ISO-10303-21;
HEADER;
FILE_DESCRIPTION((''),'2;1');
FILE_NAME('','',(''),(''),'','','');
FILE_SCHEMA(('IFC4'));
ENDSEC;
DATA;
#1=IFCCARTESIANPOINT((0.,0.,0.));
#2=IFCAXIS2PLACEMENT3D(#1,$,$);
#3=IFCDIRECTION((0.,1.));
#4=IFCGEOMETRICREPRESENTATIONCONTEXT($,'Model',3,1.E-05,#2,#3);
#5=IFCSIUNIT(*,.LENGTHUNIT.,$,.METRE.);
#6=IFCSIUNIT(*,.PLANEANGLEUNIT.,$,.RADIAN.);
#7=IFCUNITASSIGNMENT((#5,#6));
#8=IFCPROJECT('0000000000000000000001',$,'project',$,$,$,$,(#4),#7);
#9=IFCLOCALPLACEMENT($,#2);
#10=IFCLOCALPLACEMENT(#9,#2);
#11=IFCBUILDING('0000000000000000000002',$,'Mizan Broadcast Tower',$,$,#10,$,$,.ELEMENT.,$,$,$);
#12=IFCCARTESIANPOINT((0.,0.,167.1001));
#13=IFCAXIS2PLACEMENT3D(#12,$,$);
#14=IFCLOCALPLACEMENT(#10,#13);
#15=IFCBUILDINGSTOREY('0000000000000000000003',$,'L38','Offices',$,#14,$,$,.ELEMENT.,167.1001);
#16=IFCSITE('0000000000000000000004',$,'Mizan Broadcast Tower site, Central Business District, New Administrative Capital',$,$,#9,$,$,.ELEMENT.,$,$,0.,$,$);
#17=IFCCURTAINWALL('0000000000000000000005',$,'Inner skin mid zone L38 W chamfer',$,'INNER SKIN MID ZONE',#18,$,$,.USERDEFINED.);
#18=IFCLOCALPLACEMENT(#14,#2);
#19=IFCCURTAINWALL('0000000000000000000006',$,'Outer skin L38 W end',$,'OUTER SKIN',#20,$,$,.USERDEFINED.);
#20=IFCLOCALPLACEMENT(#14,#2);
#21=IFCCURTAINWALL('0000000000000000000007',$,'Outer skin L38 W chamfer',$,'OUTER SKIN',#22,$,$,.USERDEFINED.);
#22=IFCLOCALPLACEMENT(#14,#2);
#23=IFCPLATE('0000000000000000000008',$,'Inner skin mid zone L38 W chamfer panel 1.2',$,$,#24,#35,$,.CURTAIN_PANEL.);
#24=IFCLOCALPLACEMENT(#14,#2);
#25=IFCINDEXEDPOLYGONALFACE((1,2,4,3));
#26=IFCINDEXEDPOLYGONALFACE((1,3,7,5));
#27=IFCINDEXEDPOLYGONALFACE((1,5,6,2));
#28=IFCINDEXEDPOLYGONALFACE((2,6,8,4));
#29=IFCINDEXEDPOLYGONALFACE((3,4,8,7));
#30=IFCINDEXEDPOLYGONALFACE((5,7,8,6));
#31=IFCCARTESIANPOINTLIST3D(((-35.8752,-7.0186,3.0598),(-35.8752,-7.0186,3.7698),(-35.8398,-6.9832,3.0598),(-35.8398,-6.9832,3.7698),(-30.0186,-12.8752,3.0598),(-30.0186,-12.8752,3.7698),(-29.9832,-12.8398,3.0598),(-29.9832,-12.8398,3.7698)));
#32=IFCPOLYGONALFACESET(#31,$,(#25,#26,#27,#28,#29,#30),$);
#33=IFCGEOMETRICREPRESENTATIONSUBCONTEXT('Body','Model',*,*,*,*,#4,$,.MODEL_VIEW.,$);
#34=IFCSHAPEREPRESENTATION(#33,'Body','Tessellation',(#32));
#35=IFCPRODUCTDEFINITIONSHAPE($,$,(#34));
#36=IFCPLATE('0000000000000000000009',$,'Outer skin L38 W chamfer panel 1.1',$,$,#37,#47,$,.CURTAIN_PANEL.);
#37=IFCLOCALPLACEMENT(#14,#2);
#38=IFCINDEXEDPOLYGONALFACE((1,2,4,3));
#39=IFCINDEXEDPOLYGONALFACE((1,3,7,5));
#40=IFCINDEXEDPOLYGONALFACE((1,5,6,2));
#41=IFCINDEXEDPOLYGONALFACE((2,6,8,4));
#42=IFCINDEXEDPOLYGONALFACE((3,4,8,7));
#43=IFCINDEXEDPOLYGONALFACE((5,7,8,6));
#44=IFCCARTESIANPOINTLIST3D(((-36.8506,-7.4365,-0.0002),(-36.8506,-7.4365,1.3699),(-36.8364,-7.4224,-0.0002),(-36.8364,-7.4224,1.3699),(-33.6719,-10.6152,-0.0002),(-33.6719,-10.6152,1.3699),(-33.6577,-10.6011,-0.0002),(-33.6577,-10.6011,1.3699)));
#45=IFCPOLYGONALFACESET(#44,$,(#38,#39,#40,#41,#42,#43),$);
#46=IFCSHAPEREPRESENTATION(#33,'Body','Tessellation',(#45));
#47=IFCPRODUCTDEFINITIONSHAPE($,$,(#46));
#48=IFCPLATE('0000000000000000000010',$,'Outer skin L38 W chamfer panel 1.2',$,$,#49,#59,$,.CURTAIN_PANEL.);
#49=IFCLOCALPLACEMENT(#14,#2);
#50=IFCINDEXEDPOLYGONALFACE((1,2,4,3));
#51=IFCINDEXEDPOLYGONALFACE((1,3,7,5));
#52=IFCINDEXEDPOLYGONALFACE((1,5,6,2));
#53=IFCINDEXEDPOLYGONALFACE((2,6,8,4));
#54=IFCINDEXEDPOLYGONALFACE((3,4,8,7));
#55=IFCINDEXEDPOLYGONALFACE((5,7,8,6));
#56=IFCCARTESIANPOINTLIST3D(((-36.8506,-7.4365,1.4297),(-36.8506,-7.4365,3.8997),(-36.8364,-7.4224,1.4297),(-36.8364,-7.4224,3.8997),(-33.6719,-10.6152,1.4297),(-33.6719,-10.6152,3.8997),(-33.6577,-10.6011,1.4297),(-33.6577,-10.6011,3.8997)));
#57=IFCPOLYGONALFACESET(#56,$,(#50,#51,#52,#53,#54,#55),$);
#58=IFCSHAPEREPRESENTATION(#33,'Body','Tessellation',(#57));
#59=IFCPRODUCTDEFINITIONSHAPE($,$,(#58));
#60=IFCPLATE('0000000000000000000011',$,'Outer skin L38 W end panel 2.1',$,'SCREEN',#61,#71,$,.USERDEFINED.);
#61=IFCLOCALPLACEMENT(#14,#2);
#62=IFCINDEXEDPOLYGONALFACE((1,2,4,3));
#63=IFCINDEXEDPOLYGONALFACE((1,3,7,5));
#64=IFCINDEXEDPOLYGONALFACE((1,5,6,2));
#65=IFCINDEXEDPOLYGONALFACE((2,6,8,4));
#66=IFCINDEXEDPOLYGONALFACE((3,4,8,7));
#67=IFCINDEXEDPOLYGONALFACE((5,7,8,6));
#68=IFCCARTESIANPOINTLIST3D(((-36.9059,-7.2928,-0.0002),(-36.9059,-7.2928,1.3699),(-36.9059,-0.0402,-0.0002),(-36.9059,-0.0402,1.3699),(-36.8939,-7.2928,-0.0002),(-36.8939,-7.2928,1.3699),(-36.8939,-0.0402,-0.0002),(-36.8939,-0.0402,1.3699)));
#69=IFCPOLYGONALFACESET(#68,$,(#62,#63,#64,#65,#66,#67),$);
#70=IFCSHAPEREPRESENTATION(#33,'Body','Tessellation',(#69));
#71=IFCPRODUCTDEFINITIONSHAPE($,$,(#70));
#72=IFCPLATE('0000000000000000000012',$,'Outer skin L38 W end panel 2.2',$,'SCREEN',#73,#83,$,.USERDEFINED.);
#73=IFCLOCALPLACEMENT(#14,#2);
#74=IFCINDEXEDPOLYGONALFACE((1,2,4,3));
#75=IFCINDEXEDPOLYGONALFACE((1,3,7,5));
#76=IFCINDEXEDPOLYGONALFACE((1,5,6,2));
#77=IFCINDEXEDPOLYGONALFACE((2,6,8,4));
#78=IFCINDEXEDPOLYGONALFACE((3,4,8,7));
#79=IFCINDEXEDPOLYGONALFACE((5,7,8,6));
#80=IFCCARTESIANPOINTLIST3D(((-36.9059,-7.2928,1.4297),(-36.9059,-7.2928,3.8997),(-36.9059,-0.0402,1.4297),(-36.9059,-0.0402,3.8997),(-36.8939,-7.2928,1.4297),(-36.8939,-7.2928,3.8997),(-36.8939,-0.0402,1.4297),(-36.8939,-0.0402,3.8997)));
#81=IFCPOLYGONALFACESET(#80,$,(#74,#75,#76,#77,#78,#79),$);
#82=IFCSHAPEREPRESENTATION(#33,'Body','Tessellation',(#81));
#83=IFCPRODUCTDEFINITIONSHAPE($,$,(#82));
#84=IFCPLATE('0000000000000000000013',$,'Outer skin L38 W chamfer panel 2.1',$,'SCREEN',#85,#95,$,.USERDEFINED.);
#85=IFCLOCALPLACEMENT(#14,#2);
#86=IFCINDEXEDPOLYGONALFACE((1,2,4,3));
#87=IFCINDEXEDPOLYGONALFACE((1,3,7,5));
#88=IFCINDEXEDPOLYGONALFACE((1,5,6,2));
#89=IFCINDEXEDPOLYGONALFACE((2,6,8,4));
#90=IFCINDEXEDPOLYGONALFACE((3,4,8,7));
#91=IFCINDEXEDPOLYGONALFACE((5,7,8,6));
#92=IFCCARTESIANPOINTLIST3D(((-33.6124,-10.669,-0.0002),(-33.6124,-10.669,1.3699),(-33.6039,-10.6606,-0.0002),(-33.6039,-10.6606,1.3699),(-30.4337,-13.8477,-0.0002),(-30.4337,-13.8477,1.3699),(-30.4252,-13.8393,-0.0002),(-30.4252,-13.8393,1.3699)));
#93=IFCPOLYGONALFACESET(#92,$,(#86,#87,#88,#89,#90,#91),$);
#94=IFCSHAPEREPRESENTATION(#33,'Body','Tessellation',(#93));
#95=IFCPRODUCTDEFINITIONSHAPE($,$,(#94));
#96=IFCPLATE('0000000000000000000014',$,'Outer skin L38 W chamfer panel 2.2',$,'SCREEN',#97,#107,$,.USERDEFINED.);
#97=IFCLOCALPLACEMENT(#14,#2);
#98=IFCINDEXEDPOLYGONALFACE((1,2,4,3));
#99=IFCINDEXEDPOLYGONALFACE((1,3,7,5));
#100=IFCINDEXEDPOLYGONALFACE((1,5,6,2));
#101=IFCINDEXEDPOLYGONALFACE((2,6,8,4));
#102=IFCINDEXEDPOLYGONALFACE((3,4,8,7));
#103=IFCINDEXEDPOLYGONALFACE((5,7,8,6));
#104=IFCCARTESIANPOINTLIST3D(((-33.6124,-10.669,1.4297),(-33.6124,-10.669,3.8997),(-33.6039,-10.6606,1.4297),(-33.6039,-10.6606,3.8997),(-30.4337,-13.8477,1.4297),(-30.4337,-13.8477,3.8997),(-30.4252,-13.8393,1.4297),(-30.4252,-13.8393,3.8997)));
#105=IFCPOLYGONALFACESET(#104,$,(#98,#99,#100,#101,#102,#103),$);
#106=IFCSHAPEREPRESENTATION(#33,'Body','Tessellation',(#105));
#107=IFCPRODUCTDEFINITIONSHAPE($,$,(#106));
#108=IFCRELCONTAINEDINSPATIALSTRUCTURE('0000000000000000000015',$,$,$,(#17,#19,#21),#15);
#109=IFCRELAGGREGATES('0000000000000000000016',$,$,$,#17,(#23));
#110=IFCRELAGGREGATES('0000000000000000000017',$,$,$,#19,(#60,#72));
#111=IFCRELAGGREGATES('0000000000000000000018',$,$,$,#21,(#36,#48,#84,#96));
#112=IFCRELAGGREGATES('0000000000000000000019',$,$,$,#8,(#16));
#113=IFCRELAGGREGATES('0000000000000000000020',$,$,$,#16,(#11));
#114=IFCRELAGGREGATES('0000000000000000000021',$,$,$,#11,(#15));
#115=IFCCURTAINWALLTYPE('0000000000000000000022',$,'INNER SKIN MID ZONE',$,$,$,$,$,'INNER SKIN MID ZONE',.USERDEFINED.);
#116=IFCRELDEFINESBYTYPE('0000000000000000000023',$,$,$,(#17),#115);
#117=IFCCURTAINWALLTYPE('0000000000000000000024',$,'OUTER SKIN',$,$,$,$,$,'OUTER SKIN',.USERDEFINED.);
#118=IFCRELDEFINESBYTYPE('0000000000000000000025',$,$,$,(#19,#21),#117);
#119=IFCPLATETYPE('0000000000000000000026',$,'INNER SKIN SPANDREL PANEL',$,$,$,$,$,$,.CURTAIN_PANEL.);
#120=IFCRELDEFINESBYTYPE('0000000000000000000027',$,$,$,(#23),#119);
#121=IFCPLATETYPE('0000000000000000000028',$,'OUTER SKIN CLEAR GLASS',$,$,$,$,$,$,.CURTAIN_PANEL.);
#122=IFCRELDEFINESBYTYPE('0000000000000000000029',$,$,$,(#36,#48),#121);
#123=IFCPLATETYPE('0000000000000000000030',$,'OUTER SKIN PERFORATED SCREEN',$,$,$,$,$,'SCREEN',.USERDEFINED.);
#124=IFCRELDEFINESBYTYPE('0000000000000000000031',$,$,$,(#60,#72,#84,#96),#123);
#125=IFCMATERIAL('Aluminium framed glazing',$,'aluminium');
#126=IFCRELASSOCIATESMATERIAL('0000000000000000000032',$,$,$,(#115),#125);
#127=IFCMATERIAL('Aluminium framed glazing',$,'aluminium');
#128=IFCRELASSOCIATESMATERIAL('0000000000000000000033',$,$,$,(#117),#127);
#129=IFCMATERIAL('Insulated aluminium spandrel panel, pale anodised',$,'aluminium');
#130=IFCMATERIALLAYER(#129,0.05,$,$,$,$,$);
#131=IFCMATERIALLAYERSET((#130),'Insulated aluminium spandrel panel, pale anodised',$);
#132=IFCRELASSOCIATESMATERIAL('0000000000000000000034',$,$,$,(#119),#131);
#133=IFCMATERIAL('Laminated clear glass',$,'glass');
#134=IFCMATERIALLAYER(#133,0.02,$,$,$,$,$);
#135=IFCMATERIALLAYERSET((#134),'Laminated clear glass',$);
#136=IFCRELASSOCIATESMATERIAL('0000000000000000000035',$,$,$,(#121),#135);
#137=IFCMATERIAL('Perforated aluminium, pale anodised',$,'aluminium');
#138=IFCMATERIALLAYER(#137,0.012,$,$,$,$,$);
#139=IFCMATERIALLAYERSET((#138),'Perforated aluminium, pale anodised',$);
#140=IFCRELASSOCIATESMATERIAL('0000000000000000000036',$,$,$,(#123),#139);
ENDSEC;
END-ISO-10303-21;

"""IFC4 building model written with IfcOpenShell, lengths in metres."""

from ifc_helpers import new_model, si_unit, direction, frame, origin, origin_2d, place, context, subcontext, project, spatial, rectangle, extrude, material, layer, layer_set, type_object, element, aggregate, save


model = new_model("IFC4")

# Units and contexts
model_context = context("Model", 3, precision=1e-05, world=origin(), true_north=direction((0.0, 1.0)))
body_context = subcontext(model_context, "Body", "Model", "MODEL_VIEW")
ifc_project = project(units=[si_unit("LENGTHUNIT", "METRE"), si_unit("PLANEANGLEUNIT", "RADIAN")], contexts=[model_context])

# Site, building, storey
site_placement = place(None, origin())
site = spatial("IfcSite", under=ifc_project, at=site_placement, Name="Mizan Broadcast Tower site, Central Business District, New Administrative Capital", CompositionType="ELEMENT", RefElevation=0.0)
building_placement = place(site_placement, origin())
building = spatial("IfcBuilding", under=site, at=building_placement, Name="Mizan Broadcast Tower", CompositionType="ELEMENT")
storey_placement = place(building_placement, frame((0.0, 0.0, 167.1001)))
storey = spatial("IfcBuildingStorey", under=building, at=storey_placement, Name="L38", Description="Offices", CompositionType="ELEMENT", Elevation=167.1001)

# Shared definitions
ifc_material_1 = material(Name="Aluminium framed glazing", Category="aluminium")
curtain_wall_type_1 = type_object("IfcCurtainWallType", Name="INNER SKIN MID ZONE", ElementType="INNER SKIN MID ZONE", PredefinedType="USERDEFINED", material=ifc_material_1)

# Curtain wall
curtain_wall_1_placement = place(storey_placement, origin())
curtain_wall_1 = element("IfcCurtainWall", 1, at=curtain_wall_1_placement, inside=storey, type_object=curtain_wall_type_1, Name="Inner skin mid zone L38 W chamfer", ObjectType="INNER SKIN MID ZONE", PredefinedType="USERDEFINED")

# Curtain walls
ifc_material_2 = material(Name="Aluminium framed glazing", Category="aluminium")
curtain_wall_type_2 = type_object("IfcCurtainWallType", Name="OUTER SKIN", ElementType="OUTER SKIN", PredefinedType="USERDEFINED", material=ifc_material_2)
curtain_wall_2_placement = place(storey_placement, origin())
curtain_wall_2 = element("IfcCurtainWall", 2, at=curtain_wall_2_placement, inside=storey, type_object=curtain_wall_type_2, Name="Outer skin L38 W end", ObjectType="OUTER SKIN", PredefinedType="USERDEFINED")
curtain_wall_3_placement = place(storey_placement, origin())
curtain_wall_3 = element("IfcCurtainWall", 3, at=curtain_wall_3_placement, inside=storey, type_object=curtain_wall_type_2, Name="Outer skin L38 W chamfer", ObjectType="OUTER SKIN", PredefinedType="USERDEFINED")

# Plates
ifc_material_3 = material(Name="Insulated aluminium spandrel panel, pale anodised", Category="aluminium")
ifc_layer_1 = layer(ifc_material_3, 0.05)
ifc_layer_set_1 = layer_set([ifc_layer_1], Name="Insulated aluminium spandrel panel, pale anodised")
plate_type_1 = type_object("IfcPlateType", Name="INNER SKIN SPANDREL PANEL", PredefinedType="CURTAIN_PANEL", material=ifc_layer_set_1)
plate_1_placement = place(storey_placement, frame((-32.9292, -9.9292, 3.0598), z_axis=(0.0, 0.0, 1.0), x_axis=(0.707107, -0.707107, 0.0)))
plate_1 = element("IfcPlate", 4, at=plate_1_placement, type_object=plate_type_1, Name="Inner skin mid zone L38 W chamfer panel 1.2", PredefinedType="CURTAIN_PANEL", context=body_context, shape_type="SweptSolid", body=[
    extrude(rectangle(XDim=8.2825, YDim=0.05, at=origin_2d()), origin(), (0.0, 0.0, 1.0), 0.71),
])
aggregate(curtain_wall_1, [plate_1])
ifc_material_4 = material(Name="Laminated clear glass", Category="glass")
ifc_layer_2 = layer(ifc_material_4, 0.02)
ifc_layer_set_2 = layer_set([ifc_layer_2], Name="Laminated clear glass")
plate_type_2 = type_object("IfcPlateType", Name="OUTER SKIN CLEAR GLASS", PredefinedType="CURTAIN_PANEL", material=ifc_layer_set_2)
plate_2_placement = place(storey_placement, frame((-35.2542, -9.0188, -0.0002), z_axis=(0.0, 0.0, 1.0), x_axis=(0.707107, -0.707107, 0.0)))
plate_2 = element("IfcPlate", 5, at=plate_2_placement, type_object=plate_type_2, Name="Outer skin L38 W chamfer panel 1.1", PredefinedType="CURTAIN_PANEL", context=body_context, shape_type="SweptSolid", body=[
    extrude(rectangle(XDim=4.4954, YDim=0.02, at=origin_2d()), origin(), (0.0, 0.0, 1.0), 1.3701),
])
plate_3_placement = place(storey_placement, frame((-35.2542, -9.0188, 1.4297), z_axis=(0.0, 0.0, 1.0), x_axis=(0.707107, -0.707107, 0.0)))
plate_3 = element("IfcPlate", 6, at=plate_3_placement, type_object=plate_type_2, Name="Outer skin L38 W chamfer panel 1.2", PredefinedType="CURTAIN_PANEL", context=body_context, shape_type="SweptSolid", body=[
    extrude(rectangle(XDim=4.4954, YDim=0.02, at=origin_2d()), origin(), (0.0, 0.0, 1.0), 2.47),
])
ifc_material_5 = material(Name="Perforated aluminium, pale anodised", Category="aluminium")
ifc_layer_3 = layer(ifc_material_5, 0.012)
ifc_layer_set_3 = layer_set([ifc_layer_3], Name="Perforated aluminium, pale anodised")
plate_type_3 = type_object("IfcPlateType", Name="OUTER SKIN PERFORATED SCREEN", ElementType="SCREEN", PredefinedType="USERDEFINED", material=ifc_layer_set_3)
plate_4_placement = place(storey_placement, frame((-36.8999, -3.6665, -0.0002), z_axis=(0.0, 0.0, 1.0), x_axis=(0.0, -1.0, 0.0)))
plate_4 = element("IfcPlate", 7, at=plate_4_placement, type_object=plate_type_3, Name="Outer skin L38 W end panel 2.1", ObjectType="SCREEN", PredefinedType="USERDEFINED", context=body_context, shape_type="SweptSolid", body=[
    extrude(rectangle(XDim=7.2527, YDim=0.012, at=origin_2d()), origin(), (0.0, 0.0, 1.0), 1.3701),
])
plate_5_placement = place(storey_placement, frame((-36.8999, -3.6665, 1.4297), z_axis=(0.0, 0.0, 1.0), x_axis=(0.0, -1.0, 0.0)))
plate_5 = element("IfcPlate", 8, at=plate_5_placement, type_object=plate_type_3, Name="Outer skin L38 W end panel 2.2", ObjectType="SCREEN", PredefinedType="USERDEFINED", context=body_context, shape_type="SweptSolid", body=[
    extrude(rectangle(XDim=7.2527, YDim=0.012, at=origin_2d()), origin(), (0.0, 0.0, 1.0), 2.47),
])
aggregate(curtain_wall_2, [plate_4, plate_5])
plate_6_placement = place(storey_placement, frame((-32.0188, -12.2542, -0.0002), z_axis=(0.0, 0.0, 1.0), x_axis=(0.707107, -0.707107, 0.0)))
plate_6 = element("IfcPlate", 9, at=plate_6_placement, type_object=plate_type_3, Name="Outer skin L38 W chamfer panel 2.1", ObjectType="SCREEN", PredefinedType="USERDEFINED", context=body_context, shape_type="SweptSolid", body=[
    extrude(rectangle(XDim=4.4954, YDim=0.012, at=origin_2d()), origin(), (0.0, 0.0, 1.0), 1.3701),
])
plate_7_placement = place(storey_placement, frame((-32.0188, -12.2542, 1.4297), z_axis=(0.0, 0.0, 1.0), x_axis=(0.707107, -0.707107, 0.0)))
plate_7 = element("IfcPlate", 10, at=plate_7_placement, type_object=plate_type_3, Name="Outer skin L38 W chamfer panel 2.2", ObjectType="SCREEN", PredefinedType="USERDEFINED", context=body_context, shape_type="SweptSolid", body=[
    extrude(rectangle(XDim=4.4954, YDim=0.012, at=origin_2d()), origin(), (0.0, 0.0, 1.0), 2.47),
])
aggregate(curtain_wall_3, [plate_2, plate_3, plate_6, plate_7])

save(model, "model.ifc")
